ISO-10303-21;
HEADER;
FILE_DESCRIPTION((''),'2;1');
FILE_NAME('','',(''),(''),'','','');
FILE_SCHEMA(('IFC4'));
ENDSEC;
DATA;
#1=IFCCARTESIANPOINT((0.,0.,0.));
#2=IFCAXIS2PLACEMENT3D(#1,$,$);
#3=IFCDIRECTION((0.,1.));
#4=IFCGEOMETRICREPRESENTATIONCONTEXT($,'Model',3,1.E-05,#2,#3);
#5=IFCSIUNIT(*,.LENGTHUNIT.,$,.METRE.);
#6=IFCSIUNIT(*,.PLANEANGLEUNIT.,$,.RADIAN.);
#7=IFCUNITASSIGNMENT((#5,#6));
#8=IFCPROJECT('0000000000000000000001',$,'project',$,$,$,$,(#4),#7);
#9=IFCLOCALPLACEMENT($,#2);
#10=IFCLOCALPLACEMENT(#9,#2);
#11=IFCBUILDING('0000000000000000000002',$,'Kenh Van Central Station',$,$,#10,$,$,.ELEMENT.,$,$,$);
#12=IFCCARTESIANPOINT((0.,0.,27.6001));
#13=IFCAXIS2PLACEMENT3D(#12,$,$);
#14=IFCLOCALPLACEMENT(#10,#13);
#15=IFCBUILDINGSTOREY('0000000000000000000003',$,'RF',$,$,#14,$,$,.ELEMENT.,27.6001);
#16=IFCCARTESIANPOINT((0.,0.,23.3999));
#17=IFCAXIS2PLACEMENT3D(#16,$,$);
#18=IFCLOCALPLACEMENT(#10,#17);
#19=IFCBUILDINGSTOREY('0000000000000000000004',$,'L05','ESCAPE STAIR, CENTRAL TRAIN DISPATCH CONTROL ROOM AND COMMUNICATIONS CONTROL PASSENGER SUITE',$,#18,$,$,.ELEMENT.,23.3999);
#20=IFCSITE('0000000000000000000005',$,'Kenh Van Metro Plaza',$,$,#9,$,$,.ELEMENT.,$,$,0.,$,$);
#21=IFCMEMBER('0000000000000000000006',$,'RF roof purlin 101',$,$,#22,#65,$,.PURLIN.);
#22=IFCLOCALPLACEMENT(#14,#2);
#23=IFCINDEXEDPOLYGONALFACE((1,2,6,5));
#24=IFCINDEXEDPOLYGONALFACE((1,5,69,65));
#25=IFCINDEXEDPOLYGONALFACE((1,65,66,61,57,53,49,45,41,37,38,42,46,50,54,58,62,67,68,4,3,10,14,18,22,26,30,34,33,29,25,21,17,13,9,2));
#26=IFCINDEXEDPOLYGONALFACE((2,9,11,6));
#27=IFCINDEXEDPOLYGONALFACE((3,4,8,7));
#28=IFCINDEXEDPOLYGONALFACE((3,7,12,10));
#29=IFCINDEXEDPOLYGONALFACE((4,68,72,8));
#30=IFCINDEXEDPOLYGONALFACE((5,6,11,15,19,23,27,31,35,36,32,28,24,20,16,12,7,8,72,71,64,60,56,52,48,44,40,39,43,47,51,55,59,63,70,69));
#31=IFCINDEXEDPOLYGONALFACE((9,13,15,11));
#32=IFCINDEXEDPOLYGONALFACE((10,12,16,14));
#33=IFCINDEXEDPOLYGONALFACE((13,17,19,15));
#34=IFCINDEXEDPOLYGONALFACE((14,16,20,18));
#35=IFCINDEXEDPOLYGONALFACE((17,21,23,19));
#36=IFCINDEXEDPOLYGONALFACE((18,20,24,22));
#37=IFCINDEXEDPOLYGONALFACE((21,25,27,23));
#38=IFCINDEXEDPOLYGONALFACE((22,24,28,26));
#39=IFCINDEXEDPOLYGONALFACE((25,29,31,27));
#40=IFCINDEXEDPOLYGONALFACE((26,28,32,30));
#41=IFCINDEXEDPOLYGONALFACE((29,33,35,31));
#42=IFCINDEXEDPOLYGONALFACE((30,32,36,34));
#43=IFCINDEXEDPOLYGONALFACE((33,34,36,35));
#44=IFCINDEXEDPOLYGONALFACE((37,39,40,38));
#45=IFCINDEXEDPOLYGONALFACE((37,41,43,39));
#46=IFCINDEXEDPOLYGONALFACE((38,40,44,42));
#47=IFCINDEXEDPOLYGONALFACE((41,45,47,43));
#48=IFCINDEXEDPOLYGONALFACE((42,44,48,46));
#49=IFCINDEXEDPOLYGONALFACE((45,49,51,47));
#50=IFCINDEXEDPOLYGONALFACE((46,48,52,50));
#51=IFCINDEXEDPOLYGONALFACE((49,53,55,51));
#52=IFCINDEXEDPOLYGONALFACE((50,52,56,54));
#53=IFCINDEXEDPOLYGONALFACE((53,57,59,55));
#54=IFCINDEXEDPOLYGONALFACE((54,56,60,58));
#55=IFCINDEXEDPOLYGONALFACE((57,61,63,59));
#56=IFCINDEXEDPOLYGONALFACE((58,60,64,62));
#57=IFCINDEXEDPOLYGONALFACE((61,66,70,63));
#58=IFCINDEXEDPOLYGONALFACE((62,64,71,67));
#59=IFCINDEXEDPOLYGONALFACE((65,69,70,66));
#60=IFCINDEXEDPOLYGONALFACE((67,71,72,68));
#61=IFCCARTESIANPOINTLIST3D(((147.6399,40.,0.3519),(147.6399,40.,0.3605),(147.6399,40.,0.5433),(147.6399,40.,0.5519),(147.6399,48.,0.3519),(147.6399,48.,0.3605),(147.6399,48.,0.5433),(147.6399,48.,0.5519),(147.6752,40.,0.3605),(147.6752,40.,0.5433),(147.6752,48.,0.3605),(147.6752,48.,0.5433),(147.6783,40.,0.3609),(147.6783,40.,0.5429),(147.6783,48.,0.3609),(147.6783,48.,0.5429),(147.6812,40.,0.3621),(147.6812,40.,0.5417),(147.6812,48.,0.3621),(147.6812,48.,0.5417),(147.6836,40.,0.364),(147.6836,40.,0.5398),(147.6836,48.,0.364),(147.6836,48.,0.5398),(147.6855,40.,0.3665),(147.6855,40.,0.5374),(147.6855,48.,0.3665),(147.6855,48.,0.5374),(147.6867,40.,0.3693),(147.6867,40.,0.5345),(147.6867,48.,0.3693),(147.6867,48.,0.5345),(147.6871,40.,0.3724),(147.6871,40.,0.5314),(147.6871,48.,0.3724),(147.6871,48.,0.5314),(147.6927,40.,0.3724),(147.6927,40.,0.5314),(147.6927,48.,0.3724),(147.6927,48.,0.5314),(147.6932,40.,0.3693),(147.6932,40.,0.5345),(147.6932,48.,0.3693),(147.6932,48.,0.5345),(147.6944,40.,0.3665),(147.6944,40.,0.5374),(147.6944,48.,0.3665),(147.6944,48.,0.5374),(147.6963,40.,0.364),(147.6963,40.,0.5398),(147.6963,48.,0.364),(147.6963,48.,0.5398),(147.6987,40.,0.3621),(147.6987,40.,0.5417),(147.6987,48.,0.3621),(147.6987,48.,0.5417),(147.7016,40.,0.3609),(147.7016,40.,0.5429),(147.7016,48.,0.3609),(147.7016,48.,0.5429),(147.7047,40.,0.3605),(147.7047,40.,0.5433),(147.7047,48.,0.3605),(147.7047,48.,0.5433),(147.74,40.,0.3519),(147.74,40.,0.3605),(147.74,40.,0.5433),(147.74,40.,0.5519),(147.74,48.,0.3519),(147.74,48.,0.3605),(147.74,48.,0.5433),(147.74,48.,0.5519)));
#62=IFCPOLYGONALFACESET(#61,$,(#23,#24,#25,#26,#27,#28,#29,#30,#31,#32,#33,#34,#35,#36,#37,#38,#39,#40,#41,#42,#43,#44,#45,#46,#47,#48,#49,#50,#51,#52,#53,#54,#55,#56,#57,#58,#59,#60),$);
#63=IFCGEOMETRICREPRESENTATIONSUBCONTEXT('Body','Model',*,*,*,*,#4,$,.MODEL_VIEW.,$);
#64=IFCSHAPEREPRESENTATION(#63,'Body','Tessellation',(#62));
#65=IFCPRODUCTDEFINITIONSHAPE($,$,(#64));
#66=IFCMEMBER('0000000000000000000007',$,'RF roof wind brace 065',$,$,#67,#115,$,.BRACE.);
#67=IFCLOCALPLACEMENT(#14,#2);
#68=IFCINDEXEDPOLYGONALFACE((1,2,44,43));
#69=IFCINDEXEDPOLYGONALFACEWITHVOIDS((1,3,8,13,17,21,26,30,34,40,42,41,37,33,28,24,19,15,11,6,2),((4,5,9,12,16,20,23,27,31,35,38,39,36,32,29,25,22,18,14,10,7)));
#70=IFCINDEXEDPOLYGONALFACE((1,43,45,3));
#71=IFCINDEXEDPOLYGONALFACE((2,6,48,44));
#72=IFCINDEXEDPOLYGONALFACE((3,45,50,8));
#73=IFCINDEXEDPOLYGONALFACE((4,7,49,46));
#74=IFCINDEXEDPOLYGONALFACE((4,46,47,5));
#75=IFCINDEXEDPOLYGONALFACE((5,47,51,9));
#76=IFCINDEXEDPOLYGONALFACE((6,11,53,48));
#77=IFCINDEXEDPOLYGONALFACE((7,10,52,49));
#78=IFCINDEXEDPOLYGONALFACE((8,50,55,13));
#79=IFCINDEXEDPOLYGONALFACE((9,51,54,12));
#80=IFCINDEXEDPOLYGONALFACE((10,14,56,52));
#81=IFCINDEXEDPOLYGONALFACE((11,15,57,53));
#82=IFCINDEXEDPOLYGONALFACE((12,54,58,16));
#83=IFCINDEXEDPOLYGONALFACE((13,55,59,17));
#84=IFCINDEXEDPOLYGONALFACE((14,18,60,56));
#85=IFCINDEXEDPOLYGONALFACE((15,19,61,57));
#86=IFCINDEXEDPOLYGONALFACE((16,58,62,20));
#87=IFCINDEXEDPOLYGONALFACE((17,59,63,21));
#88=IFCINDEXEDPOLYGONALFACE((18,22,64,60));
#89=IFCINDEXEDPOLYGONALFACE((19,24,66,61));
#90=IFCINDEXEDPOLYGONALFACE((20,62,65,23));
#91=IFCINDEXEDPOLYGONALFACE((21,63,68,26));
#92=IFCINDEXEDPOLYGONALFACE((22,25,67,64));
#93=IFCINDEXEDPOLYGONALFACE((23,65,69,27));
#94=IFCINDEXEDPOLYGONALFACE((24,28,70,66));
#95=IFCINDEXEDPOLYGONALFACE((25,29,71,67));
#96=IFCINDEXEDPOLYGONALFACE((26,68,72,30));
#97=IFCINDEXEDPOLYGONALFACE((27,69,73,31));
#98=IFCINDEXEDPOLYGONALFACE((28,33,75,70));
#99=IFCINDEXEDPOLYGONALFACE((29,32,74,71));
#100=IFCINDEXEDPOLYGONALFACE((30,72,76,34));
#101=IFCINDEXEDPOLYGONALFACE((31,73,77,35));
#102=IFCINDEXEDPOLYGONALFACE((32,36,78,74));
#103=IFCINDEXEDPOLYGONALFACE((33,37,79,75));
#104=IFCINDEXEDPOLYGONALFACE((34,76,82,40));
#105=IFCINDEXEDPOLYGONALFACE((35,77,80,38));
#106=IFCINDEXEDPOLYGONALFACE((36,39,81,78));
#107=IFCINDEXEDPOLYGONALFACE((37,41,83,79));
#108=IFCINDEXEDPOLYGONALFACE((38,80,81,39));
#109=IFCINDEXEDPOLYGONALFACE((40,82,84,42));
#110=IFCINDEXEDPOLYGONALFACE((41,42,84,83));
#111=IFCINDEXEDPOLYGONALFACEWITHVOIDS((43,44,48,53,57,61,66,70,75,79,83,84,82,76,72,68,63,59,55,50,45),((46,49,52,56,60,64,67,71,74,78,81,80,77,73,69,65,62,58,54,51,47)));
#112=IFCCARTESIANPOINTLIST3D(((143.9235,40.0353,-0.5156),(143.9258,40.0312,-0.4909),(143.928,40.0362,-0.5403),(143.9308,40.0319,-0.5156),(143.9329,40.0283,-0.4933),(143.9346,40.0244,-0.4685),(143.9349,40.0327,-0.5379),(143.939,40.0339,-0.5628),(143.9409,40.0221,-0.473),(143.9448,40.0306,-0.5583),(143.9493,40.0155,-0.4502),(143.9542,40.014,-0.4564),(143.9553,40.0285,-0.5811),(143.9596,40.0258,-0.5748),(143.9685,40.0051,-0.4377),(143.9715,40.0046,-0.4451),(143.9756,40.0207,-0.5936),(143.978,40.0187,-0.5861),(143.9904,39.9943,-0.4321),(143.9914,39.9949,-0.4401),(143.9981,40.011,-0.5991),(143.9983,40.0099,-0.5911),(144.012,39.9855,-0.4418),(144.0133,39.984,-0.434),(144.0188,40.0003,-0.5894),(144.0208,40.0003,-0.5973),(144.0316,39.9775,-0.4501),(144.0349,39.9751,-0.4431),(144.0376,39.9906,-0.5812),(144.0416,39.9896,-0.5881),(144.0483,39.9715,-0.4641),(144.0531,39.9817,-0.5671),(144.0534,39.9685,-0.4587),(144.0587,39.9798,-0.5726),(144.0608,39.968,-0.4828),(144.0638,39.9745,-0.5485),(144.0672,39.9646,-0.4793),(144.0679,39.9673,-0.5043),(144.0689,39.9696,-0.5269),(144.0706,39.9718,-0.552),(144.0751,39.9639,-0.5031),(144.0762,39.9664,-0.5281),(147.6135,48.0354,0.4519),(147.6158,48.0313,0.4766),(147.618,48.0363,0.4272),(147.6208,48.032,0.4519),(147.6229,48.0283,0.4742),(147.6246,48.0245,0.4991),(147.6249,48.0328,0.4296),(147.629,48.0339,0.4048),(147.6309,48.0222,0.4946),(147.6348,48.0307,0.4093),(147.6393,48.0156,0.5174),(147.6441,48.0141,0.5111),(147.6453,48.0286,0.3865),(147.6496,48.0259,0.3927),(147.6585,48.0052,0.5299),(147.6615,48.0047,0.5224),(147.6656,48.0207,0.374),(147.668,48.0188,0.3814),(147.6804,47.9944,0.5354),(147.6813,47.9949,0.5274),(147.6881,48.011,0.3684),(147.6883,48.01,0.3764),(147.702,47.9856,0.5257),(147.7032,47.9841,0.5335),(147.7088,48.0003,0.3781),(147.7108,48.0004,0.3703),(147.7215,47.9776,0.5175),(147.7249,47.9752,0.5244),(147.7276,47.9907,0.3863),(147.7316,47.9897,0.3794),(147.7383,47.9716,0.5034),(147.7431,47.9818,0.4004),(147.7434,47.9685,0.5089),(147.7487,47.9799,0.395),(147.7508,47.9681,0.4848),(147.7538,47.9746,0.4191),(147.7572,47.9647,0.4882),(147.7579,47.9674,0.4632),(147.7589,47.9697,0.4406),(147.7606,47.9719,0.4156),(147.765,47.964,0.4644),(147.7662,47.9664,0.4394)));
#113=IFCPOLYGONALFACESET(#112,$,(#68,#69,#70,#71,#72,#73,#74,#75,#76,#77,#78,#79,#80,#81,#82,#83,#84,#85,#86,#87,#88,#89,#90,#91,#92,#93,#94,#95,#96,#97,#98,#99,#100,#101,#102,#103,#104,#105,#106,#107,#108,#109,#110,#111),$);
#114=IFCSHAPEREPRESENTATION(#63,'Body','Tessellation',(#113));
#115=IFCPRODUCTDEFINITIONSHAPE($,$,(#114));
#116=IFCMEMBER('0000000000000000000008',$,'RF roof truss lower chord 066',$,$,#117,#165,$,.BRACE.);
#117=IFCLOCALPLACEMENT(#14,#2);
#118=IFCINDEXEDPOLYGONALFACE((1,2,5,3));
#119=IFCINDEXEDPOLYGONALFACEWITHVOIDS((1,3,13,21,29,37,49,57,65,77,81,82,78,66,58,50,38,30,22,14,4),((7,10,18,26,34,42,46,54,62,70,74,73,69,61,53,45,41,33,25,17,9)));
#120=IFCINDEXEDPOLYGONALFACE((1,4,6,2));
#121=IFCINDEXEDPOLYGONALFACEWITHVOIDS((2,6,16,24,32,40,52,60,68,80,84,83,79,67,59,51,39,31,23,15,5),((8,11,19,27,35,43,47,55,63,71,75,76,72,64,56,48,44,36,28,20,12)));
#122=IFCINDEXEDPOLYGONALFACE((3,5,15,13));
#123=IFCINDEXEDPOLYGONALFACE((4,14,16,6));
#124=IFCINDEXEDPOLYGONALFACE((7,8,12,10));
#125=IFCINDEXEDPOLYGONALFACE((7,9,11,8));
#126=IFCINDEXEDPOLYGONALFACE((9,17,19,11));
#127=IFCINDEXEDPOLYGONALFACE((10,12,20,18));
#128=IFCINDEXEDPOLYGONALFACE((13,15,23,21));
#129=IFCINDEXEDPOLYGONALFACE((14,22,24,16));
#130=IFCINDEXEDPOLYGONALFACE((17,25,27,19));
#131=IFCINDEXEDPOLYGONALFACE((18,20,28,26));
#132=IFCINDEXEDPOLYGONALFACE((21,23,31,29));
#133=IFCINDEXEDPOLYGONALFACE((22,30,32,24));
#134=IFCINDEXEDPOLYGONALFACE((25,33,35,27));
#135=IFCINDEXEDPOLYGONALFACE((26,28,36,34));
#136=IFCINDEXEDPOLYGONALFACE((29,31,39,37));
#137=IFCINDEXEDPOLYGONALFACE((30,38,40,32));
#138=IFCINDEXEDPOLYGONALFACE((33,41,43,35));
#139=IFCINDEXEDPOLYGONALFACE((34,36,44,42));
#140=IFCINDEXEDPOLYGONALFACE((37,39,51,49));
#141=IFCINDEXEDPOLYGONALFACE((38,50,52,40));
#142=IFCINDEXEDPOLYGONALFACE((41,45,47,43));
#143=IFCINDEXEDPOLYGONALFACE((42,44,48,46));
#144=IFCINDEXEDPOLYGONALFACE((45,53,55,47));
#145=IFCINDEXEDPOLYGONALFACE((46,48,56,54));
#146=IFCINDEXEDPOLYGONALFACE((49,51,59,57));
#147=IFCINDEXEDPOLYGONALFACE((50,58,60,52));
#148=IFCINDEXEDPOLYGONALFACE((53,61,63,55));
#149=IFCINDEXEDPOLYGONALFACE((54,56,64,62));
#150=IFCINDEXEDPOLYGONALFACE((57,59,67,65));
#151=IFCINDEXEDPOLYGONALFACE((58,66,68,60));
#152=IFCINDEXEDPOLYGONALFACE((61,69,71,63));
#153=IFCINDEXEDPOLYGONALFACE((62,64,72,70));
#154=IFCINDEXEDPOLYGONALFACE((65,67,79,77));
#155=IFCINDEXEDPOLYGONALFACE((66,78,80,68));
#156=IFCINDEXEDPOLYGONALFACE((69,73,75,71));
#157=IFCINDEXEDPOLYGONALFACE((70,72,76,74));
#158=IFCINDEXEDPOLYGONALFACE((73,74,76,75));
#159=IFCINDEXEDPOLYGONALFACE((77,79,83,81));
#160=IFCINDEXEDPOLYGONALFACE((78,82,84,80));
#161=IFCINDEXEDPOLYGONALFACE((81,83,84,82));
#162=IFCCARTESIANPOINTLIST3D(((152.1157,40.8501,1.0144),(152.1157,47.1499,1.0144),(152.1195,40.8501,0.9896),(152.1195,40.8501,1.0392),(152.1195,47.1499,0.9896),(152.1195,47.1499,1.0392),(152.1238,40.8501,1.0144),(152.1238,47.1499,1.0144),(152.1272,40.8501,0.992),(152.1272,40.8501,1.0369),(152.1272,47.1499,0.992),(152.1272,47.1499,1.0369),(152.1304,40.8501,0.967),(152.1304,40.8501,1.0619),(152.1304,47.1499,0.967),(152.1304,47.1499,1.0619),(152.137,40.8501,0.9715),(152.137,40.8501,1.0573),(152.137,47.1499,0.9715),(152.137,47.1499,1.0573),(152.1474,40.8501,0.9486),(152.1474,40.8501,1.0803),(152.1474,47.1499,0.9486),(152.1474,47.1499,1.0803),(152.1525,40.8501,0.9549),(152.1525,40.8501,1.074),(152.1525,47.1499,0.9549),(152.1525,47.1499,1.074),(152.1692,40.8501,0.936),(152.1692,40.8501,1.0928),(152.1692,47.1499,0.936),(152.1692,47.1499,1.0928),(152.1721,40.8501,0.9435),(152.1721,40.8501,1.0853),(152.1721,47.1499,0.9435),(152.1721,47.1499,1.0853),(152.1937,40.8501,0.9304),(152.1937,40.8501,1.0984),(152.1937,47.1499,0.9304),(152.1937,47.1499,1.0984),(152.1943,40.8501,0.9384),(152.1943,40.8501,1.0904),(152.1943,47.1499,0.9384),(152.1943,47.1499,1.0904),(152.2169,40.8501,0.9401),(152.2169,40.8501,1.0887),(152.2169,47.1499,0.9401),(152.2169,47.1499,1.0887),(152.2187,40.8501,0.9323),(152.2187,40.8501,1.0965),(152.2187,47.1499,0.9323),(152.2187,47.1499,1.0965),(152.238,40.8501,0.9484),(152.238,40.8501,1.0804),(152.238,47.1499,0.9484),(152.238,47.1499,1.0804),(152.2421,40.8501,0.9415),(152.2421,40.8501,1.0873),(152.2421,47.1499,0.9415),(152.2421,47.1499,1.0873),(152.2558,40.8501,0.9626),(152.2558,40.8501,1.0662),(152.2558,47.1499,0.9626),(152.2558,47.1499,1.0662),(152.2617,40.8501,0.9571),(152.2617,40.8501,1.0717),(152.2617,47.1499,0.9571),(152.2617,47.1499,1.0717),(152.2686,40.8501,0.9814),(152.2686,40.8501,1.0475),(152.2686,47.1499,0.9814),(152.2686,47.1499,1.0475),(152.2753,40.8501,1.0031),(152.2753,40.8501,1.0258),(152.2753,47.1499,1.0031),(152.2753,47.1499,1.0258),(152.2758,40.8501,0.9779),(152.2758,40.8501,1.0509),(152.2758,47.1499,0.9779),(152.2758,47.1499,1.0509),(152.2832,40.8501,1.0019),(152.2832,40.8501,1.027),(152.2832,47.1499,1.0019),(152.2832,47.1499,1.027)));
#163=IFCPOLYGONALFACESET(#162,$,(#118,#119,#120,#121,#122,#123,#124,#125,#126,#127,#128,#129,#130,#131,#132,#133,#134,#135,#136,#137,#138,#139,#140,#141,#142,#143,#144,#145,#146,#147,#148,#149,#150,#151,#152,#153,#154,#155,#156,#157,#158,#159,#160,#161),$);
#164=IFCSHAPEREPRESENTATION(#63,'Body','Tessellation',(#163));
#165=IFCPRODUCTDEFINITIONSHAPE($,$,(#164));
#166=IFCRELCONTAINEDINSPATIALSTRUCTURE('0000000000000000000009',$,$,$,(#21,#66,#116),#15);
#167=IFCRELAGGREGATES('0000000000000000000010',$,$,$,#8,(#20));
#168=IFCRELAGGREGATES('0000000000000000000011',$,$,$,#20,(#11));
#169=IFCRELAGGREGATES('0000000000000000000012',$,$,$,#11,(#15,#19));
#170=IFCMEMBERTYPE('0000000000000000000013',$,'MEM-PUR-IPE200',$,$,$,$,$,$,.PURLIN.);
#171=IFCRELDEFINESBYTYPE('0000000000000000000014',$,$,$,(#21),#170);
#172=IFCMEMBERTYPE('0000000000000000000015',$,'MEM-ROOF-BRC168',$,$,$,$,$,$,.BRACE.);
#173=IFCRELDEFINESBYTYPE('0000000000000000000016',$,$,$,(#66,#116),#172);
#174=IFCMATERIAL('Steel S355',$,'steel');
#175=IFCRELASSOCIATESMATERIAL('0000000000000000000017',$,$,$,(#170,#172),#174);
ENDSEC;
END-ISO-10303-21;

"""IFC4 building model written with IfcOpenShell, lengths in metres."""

from ifc_helpers import new_model, si_unit, direction, frame, origin, origin_2d, place, context, subcontext, project, spatial, hollow_circle, i_section, extrude, material, material_profile, profile_set, type_object, element, save


model = new_model("IFC4")

# Units and contexts
model_context = context("Model", 3, precision=1e-05, world=origin(), true_north=direction((0.0, 1.0)))
body_context = subcontext(model_context, "Body", "Model", "MODEL_VIEW")
ifc_project = project(units=[si_unit("LENGTHUNIT", "METRE"), si_unit("PLANEANGLEUNIT", "RADIAN")], contexts=[model_context])

# Site, building, storey
site_placement = place(None, origin())
site = spatial("IfcSite", under=ifc_project, at=site_placement, Name="Kenh Van Metro Plaza", CompositionType="ELEMENT", RefElevation=0.0)
building_placement = place(site_placement, origin())
building = spatial("IfcBuilding", under=site, at=building_placement, Name="Kenh Van Central Station", CompositionType="ELEMENT")
storey_1_placement = place(building_placement, frame((0.0, 0.0, 27.6001)))
storey_1 = spatial("IfcBuildingStorey", under=building, at=storey_1_placement, Name="RF", CompositionType="ELEMENT", Elevation=27.6001)

# Shared definitions
ifc_material_1 = material(Name="Steel S355", Category="steel")

# Members
ifc_material_profile_1 = material_profile(ifc_material_1, i_section(OverallWidth=0.1001, OverallDepth=0.2, WebThickness=0.0056, FlangeThickness=0.0085, FilletRadius=0.012, at=origin_2d()), Name="IPE 200")
ifc_profile_set_1 = profile_set([ifc_material_profile_1], Name="Steel S355")
member_type_1 = type_object("IfcMemberType", Name="MEM-PUR-IPE200", PredefinedType="PURLIN", material=ifc_profile_set_1)
member_1_placement = place(storey_1_placement, frame((147.6899, 40.0, 0.4519), z_axis=(0.0, 1.0, 0.0), x_axis=(-1.0, 0.0, 0.0)))
element("IfcMember", 1, at=member_1_placement, inside=storey_1, type_object=member_type_1, Name="RF roof purlin 101", PredefinedType="PURLIN", context=body_context, shape_type="SweptSolid", body=[
    extrude(i_section(OverallWidth=0.1001, OverallDepth=0.2, WebThickness=0.0056, FlangeThickness=0.0085, FilletRadius=0.012, at=origin_2d()), origin(), (0.0, 0.0, 1.0), 8.0),
])
ifc_material_profile_2 = material_profile(ifc_material_1, hollow_circle(Radius=0.0842, WallThickness=0.0081, at=origin_2d()), Name="CHS 168.3x8")
ifc_profile_set_2 = profile_set([ifc_material_profile_2], Name="Steel S355")
member_type_2 = type_object("IfcMemberType", Name="MEM-ROOF-BRC168", PredefinedType="BRACE", material=ifc_profile_set_2)
member_2_placement = place(storey_1_placement, frame((144.0, 40.0, -0.5156), z_axis=(0.416334, 0.902635, 0.109166), x_axis=(-0.908062, 0.418837, 0.0)))
element("IfcMember", 2, at=member_2_placement, inside=storey_1, type_object=member_type_2, Name="RF roof wind brace 065", PredefinedType="BRACE", context=body_context, shape_type="SweptSolid", body=[
    extrude(hollow_circle(Radius=0.0842, WallThickness=0.0081, at=origin_2d()), origin(), (0.0, 0.0, 1.0), 8.863),
])
member_3_placement = place(storey_1_placement, frame((152.2, 40.8501, 1.0144), z_axis=(0.0, 1.0, 0.0), x_axis=(-1.0, 0.0, 0.0)))
element("IfcMember", 3, at=member_3_placement, inside=storey_1, type_object=member_type_2, Name="RF roof truss lower chord 066", PredefinedType="BRACE", context=body_context, shape_type="SweptSolid", body=[
    extrude(hollow_circle(Radius=0.0842, WallThickness=0.0081, at=origin_2d()), origin(), (0.0, 0.0, 1.0), 6.2998),
])

# Shared definitions
storey_2_placement = place(building_placement, frame((0.0, 0.0, 23.3999)))
storey_2 = spatial("IfcBuildingStorey", under=building, at=storey_2_placement, Name="L05", Description="ESCAPE STAIR, CENTRAL TRAIN DISPATCH CONTROL ROOM AND COMMUNICATIONS CONTROL PASSENGER SUITE", CompositionType="ELEMENT", Elevation=23.3999)

save(model, "model.ifc")
